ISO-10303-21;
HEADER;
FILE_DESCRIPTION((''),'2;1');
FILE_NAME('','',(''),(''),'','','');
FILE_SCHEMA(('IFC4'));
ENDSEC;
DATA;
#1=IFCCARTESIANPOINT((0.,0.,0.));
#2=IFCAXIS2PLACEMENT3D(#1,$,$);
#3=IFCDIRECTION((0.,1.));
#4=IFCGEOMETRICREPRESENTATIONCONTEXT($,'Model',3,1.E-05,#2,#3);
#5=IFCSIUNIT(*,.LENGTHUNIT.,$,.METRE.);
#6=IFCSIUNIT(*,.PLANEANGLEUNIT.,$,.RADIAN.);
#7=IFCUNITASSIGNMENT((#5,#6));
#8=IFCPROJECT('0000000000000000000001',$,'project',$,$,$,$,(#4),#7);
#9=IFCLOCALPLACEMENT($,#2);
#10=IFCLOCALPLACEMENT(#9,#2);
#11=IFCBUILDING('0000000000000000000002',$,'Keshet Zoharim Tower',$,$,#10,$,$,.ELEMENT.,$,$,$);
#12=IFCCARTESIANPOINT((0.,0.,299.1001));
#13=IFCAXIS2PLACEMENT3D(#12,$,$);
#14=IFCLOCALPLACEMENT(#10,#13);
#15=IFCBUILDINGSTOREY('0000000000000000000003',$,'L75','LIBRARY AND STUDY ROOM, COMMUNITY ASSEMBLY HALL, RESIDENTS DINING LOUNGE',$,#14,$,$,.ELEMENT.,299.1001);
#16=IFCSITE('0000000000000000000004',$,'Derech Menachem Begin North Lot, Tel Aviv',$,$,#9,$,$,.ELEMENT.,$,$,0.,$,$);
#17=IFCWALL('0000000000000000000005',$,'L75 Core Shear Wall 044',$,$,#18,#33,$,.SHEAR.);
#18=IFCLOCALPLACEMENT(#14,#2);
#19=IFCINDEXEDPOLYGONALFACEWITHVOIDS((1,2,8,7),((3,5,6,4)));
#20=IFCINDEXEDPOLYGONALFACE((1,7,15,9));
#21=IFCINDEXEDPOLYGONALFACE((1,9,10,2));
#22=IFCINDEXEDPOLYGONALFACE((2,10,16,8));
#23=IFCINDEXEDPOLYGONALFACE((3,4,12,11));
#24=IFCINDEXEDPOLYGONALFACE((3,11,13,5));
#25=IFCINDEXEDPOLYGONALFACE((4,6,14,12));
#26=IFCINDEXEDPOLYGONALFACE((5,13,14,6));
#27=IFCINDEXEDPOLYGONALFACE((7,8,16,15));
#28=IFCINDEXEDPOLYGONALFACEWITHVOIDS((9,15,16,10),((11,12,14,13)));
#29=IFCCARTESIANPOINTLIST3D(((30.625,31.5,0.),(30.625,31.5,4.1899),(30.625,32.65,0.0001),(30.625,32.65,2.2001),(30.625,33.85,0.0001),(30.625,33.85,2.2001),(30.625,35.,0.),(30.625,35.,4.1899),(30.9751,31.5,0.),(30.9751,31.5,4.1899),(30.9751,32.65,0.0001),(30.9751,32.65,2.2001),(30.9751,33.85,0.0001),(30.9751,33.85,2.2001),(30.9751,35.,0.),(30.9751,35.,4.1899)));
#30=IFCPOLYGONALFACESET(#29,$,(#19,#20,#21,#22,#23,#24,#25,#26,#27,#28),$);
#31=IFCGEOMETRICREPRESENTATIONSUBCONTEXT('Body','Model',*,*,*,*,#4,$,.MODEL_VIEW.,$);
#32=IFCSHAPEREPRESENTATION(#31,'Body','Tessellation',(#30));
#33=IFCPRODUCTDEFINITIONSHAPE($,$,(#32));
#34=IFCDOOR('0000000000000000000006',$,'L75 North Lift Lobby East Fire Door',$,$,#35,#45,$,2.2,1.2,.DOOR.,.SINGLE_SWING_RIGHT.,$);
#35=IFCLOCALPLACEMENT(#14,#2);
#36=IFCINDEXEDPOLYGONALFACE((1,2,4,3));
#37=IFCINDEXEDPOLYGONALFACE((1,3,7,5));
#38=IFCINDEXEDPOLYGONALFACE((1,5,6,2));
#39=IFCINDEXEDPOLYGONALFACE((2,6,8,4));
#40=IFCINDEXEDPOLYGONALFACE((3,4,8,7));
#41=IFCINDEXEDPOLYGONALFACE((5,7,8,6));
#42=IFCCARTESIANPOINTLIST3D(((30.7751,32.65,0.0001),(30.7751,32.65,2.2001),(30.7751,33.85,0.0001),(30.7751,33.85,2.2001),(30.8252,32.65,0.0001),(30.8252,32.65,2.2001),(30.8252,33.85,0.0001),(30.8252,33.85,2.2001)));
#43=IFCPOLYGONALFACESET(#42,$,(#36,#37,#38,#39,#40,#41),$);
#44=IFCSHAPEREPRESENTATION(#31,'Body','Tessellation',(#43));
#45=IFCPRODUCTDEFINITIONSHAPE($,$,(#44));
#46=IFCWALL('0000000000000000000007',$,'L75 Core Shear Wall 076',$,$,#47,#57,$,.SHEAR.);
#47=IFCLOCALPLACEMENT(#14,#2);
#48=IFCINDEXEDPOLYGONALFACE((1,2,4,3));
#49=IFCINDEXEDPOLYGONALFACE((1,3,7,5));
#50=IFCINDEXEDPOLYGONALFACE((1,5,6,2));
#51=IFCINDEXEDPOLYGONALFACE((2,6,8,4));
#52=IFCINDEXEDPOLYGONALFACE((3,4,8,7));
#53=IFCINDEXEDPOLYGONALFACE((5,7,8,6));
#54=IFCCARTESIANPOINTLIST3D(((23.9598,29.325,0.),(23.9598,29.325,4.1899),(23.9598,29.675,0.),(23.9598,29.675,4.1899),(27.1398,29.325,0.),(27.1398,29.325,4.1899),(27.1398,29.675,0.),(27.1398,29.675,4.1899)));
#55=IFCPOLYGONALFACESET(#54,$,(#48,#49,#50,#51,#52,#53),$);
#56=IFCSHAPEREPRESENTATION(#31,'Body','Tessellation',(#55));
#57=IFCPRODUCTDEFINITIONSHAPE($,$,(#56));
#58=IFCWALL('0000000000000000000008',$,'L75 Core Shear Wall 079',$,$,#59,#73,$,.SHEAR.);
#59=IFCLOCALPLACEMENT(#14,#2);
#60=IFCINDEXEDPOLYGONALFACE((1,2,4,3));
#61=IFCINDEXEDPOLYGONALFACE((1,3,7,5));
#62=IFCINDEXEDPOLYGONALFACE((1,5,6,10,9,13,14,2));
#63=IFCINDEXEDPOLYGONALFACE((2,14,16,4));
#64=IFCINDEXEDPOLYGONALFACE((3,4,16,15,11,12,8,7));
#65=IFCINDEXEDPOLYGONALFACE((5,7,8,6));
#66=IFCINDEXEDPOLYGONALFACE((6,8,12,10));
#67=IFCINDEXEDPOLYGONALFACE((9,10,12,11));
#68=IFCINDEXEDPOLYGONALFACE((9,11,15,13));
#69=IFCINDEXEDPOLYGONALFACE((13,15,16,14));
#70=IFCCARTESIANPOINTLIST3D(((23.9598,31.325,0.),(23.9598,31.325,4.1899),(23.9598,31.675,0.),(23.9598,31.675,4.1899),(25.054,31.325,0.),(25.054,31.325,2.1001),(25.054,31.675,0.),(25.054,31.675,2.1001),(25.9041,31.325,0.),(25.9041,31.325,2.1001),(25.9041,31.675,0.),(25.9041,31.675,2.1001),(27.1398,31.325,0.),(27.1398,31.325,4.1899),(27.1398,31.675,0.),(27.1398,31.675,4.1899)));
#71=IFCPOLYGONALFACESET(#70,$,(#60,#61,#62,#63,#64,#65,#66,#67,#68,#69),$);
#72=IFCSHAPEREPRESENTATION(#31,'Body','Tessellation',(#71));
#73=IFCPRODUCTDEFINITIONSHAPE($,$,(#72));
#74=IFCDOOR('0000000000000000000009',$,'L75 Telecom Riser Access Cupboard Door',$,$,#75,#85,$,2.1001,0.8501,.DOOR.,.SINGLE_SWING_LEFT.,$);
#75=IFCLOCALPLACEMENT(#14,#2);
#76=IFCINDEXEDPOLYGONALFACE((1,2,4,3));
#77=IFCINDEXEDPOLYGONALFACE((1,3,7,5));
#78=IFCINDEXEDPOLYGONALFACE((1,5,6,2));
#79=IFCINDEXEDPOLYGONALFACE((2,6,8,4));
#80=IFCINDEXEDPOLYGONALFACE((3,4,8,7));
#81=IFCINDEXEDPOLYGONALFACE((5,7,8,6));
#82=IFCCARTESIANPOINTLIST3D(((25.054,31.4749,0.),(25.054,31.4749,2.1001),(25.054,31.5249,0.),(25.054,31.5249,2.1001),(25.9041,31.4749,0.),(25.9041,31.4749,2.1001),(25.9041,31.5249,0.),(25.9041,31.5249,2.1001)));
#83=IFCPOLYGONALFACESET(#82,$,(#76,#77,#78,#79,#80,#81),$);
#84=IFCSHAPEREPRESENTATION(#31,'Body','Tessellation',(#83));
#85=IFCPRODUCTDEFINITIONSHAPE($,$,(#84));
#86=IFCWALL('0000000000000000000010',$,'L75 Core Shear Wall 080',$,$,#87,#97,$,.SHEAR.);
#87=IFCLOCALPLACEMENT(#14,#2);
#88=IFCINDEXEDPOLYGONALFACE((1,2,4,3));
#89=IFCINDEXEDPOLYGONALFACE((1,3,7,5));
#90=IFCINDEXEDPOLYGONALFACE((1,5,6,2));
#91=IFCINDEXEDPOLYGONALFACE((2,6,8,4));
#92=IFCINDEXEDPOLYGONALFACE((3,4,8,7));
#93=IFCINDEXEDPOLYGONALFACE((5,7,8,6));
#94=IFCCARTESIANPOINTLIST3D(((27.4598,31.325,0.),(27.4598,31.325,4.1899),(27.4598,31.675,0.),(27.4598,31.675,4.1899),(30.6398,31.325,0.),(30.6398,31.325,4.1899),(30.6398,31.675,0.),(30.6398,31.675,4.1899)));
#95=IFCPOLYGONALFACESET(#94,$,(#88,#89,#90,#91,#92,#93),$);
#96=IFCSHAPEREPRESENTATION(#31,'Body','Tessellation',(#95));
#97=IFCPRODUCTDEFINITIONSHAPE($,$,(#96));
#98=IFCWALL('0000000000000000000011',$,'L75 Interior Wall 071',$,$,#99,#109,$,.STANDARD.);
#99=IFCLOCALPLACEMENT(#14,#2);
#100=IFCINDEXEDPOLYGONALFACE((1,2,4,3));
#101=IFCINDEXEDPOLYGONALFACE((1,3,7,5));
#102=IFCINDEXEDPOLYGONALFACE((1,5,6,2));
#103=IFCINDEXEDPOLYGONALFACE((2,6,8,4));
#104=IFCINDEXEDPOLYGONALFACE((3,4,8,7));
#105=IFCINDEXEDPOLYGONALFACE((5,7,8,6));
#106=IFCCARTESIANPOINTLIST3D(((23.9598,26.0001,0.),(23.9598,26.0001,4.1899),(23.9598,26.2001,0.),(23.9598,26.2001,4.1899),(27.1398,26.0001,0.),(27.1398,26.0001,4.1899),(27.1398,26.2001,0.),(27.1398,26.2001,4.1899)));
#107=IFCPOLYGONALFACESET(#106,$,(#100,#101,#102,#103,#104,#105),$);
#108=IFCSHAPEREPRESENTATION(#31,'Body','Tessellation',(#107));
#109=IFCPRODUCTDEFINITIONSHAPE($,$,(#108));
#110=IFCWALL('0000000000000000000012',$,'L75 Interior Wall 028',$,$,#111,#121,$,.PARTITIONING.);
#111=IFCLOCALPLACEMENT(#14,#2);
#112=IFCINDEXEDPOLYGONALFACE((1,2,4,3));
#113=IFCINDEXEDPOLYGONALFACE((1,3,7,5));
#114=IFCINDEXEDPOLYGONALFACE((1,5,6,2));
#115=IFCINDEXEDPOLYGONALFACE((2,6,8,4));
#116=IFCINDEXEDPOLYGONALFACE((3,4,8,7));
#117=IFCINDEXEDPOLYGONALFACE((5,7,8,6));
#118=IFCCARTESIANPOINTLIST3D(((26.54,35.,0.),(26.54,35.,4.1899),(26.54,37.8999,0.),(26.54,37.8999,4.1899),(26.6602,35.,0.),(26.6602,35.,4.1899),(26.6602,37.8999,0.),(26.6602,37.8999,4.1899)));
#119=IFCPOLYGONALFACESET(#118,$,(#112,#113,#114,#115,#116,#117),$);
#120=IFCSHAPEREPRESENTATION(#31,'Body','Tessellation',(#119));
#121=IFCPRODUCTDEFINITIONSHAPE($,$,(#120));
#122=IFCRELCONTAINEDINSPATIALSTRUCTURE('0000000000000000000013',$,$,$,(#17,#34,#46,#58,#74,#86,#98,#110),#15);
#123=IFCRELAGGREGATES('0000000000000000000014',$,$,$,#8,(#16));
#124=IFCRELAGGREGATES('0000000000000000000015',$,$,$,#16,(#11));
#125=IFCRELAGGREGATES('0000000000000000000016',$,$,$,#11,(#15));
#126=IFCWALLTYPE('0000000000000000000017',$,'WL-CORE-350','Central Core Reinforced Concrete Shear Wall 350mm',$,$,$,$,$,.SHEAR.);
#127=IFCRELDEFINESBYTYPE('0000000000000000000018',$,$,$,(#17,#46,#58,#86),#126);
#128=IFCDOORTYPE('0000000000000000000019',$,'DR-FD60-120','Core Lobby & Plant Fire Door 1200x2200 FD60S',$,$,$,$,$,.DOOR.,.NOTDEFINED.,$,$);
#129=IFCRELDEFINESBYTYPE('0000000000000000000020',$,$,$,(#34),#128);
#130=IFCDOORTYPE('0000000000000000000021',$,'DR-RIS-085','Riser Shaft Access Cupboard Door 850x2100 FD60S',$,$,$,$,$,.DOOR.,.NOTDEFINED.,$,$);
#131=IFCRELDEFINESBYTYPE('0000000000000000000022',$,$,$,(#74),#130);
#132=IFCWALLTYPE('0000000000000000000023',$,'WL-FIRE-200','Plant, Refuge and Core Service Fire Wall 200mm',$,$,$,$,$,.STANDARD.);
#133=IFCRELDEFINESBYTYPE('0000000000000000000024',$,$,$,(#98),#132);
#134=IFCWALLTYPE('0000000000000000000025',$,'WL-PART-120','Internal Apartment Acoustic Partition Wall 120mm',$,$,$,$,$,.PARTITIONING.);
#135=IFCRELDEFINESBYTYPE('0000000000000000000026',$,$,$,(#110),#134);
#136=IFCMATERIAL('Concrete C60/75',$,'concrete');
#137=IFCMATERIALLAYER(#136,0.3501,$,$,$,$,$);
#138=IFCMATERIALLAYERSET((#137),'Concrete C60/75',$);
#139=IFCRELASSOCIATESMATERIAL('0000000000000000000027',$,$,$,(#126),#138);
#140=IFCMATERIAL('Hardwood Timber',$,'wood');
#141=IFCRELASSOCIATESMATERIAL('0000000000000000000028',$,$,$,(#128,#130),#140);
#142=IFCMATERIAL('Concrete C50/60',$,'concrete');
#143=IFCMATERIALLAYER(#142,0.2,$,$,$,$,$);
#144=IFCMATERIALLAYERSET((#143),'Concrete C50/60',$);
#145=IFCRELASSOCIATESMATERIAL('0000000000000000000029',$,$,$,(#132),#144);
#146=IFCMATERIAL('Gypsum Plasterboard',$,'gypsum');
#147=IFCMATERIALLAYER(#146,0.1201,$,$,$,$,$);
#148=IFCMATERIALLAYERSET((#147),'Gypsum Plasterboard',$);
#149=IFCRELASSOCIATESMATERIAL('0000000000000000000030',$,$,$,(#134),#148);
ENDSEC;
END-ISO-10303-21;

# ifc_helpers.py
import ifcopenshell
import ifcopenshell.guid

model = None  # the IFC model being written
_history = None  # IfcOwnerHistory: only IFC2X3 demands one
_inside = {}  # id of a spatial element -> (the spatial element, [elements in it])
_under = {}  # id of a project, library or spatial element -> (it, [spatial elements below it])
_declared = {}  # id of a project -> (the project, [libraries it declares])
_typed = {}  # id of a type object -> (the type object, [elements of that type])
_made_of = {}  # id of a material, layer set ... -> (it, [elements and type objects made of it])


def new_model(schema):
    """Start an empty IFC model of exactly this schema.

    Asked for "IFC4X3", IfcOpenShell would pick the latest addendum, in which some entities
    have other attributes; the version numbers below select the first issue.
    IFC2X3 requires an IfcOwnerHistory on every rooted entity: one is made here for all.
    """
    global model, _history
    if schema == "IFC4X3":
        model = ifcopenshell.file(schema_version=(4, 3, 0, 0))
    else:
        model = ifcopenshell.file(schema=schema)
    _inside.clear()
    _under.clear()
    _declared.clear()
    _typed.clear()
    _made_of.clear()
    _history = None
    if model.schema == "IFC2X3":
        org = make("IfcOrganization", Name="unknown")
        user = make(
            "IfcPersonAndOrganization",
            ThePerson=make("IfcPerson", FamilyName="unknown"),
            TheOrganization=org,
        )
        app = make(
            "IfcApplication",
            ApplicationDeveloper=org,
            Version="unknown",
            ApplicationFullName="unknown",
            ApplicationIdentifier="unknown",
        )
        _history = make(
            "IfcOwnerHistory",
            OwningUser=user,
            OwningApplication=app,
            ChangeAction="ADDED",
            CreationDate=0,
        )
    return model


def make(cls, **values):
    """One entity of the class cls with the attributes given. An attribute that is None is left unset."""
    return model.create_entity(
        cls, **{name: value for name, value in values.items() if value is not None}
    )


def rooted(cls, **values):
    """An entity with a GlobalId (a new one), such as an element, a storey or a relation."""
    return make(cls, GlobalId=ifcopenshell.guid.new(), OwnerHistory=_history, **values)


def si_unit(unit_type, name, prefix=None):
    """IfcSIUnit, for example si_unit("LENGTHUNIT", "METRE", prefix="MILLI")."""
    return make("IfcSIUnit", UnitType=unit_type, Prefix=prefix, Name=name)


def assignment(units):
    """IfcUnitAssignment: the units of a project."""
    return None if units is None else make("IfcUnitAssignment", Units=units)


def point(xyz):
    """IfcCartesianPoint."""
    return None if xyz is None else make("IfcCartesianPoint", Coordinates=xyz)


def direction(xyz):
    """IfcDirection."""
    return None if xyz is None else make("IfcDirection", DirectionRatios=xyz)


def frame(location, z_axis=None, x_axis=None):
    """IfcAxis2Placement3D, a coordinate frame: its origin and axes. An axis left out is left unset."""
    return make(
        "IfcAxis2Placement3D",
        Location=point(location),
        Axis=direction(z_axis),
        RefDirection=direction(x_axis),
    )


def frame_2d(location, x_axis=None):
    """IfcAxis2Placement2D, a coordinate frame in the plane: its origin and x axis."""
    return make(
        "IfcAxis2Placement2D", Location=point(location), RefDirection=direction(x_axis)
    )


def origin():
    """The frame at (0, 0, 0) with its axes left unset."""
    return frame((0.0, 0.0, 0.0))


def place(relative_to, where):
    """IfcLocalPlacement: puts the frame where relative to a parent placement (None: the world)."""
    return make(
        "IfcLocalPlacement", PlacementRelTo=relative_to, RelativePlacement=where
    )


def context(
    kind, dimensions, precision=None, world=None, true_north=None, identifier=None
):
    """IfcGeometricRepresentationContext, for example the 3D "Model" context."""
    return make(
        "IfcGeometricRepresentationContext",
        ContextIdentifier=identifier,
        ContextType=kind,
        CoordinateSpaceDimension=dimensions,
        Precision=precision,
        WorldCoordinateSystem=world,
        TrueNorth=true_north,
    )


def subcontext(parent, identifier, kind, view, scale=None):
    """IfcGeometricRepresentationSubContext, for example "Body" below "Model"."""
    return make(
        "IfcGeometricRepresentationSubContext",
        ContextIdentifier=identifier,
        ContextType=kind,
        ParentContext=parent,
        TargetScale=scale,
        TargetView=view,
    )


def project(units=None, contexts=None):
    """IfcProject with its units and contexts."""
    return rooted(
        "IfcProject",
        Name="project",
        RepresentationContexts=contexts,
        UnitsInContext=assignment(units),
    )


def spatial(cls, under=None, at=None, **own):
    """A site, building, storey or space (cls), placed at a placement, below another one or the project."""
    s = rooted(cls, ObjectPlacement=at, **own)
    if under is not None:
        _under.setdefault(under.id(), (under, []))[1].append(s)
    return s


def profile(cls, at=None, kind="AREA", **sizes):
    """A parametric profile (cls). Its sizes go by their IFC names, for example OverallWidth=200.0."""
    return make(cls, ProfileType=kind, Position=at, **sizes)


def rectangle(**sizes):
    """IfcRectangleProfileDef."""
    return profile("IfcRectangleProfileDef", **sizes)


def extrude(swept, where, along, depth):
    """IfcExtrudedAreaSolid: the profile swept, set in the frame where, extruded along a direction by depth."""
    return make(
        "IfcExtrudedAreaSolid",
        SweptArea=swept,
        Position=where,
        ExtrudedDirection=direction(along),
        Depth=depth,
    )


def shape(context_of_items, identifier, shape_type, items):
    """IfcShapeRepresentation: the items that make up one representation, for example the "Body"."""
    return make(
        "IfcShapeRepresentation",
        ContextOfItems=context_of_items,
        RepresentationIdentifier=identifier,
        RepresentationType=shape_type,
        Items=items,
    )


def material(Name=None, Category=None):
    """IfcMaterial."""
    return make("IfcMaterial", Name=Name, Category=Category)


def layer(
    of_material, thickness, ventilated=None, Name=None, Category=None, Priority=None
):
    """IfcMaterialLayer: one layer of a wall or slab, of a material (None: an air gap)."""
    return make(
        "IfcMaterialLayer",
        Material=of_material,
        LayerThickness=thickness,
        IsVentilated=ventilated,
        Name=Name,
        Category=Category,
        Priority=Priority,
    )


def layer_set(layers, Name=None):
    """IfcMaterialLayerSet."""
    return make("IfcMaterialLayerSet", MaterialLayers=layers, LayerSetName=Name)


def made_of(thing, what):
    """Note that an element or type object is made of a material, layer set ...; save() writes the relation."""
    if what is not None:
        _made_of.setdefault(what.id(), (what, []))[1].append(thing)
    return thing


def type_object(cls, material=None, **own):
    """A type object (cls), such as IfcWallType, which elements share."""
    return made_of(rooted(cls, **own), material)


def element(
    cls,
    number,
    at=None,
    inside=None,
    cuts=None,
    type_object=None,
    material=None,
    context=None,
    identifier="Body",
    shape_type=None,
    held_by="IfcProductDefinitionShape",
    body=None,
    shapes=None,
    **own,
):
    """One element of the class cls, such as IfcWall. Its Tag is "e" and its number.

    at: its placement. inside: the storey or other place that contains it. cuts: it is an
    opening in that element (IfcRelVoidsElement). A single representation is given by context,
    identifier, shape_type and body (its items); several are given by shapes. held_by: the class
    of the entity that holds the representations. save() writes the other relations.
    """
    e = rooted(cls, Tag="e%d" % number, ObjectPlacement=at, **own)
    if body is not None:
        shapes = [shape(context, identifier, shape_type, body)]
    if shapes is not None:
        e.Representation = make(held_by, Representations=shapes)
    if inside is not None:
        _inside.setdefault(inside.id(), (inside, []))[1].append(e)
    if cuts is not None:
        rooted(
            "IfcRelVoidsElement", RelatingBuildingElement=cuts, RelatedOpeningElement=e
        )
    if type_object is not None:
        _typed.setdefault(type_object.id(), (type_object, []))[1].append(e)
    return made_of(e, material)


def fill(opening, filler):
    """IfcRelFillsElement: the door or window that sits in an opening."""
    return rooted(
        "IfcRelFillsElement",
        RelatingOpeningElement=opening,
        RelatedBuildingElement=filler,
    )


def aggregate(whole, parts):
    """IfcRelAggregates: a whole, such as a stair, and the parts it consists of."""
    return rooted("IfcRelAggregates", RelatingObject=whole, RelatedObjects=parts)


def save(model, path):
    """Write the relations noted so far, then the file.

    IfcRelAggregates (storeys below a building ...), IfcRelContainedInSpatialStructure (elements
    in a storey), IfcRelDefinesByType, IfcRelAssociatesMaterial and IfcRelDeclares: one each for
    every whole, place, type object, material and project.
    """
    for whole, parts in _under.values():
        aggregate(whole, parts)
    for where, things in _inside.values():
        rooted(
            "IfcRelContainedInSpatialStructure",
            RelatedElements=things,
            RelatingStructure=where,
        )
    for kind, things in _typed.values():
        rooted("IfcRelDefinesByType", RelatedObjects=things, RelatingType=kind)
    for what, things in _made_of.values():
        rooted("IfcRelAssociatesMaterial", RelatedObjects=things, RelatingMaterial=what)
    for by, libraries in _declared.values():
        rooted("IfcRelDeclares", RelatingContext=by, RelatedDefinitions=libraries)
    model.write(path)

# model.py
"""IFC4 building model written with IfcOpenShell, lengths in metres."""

from ifc_helpers import new_model, si_unit, direction, frame, frame_2d, origin, place, context, subcontext, project, spatial, rectangle, extrude, material, layer, layer_set, type_object, element, fill, save


model = new_model("IFC4")

# Units and contexts
model_context = context("Model", 3, precision=1e-05, world=origin(), true_north=direction((0.0, 1.0)))
body_context = subcontext(model_context, "Body", "Model", "MODEL_VIEW")
ifc_project = project(units=[si_unit("LENGTHUNIT", "METRE"), si_unit("PLANEANGLEUNIT", "RADIAN")], contexts=[model_context])

# Site, building, storey
site_placement = place(None, origin())
site = spatial("IfcSite", under=ifc_project, at=site_placement, Name="Derech Menachem Begin North Lot, Tel Aviv", CompositionType="ELEMENT", RefElevation=0.0)
building_placement = place(site_placement, origin())
building = spatial("IfcBuilding", under=site, at=building_placement, Name="Keshet Zoharim Tower", CompositionType="ELEMENT")
storey_placement = place(building_placement, frame((0.0, 0.0, 299.1001)))
storey = spatial("IfcBuildingStorey", under=building, at=storey_placement, Name="L75", Description="LIBRARY AND STUDY ROOM, COMMUNITY ASSEMBLY HALL, RESIDENTS DINING LOUNGE", CompositionType="ELEMENT", Elevation=299.1001)

# Shared definitions
ifc_material_1 = material(Name="Concrete C50/60", Category="concrete")

# Shared definitions
ifc_material_2 = material(Name="Gypsum Plasterboard", Category="gypsum")
ifc_material_3 = material(Name="Concrete C60/75", Category="concrete")
ifc_layer_1 = layer(ifc_material_3, 0.3501)
ifc_layer_set_1 = layer_set([ifc_layer_1], Name="Concrete C60/75")
wall_type_1 = type_object("IfcWallType", Name="WL-CORE-350", Description="Central Core Reinforced Concrete Shear Wall 350mm", PredefinedType="SHEAR", material=ifc_layer_set_1)

# Wall, opening, door
wall_1_placement = place(storey_placement, frame((30.8, 31.5, 0.0), z_axis=(0.0, 0.0, 1.0), x_axis=(0.0, 1.0, 0.0)))
wall_1 = element("IfcWall", 1, at=wall_1_placement, inside=storey, type_object=wall_type_1, Name="L75 Core Shear Wall 044", PredefinedType="SHEAR", context=body_context, shape_type="SweptSolid", body=[
    extrude(rectangle(XDim=3.5, YDim=0.3501, at=frame_2d((1.75, 0.0))), origin(), (0.0, 0.0, 1.0), 4.1899),
])
opening_1_placement = place(wall_1_placement, frame((1.1499, 0.0, 0.0)))
opening_1 = element("IfcOpeningElement", 2, at=opening_1_placement, cuts=wall_1, PredefinedType="OPENING", context=body_context, shape_type="SweptSolid", body=[
    extrude(rectangle(XDim=1.2, YDim=2.2, at=frame_2d((0.6001, 1.1001))), frame((0.0, 0.1851, 0.0), z_axis=(0.0, -1.0, 0.0), x_axis=(1.0, 0.0, 0.0)), (0.0, 0.0, 1.0), 0.3701),
])
ifc_material_4 = material(Name="Hardwood Timber", Category="wood")
door_type_1 = type_object("IfcDoorType", Name="DR-FD60-120", Description="Core Lobby & Plant Fire Door 1200x2200 FD60S", OperationType="NOTDEFINED", PredefinedType="DOOR", material=ifc_material_4)
door_1_placement = place(opening_1_placement, origin())
door_1 = element("IfcDoor", 3, at=door_1_placement, inside=storey, type_object=door_type_1, Name="L75 North Lift Lobby East Fire Door", OperationType="SINGLE_SWING_RIGHT", OverallHeight=2.2, OverallWidth=1.2, PredefinedType="DOOR", context=body_context, shape_type="SweptSolid", body=[
    extrude(rectangle(XDim=1.2, YDim=2.2, at=frame_2d((0.6001, 1.1001))), frame((0.0, 0.0249, 0.0), z_axis=(0.0, -1.0, 0.0), x_axis=(1.0, 0.0, 0.0)), (0.0, 0.0, 1.0), 0.05),
])
fill(opening_1, door_1)

# Wall
wall_2_placement = place(storey_placement, frame((23.96, 29.5, 0.0), z_axis=(0.0, 0.0, 1.0), x_axis=(1.0, 0.0, 0.0)))
element("IfcWall", 4, at=wall_2_placement, inside=storey, type_object=wall_type_1, Name="L75 Core Shear Wall 076", PredefinedType="SHEAR", context=body_context, shape_type="SweptSolid", body=[
    extrude(rectangle(XDim=3.1799, YDim=0.3501, at=frame_2d((1.5898, 0.0))), origin(), (0.0, 0.0, 1.0), 4.1899),
])

# Wall, opening, door
wall_3_placement = place(storey_placement, frame((23.96, 31.5, 0.0), z_axis=(0.0, 0.0, 1.0), x_axis=(1.0, 0.0, 0.0)))
wall_3 = element("IfcWall", 5, at=wall_3_placement, inside=storey, type_object=wall_type_1, Name="L75 Core Shear Wall 079", PredefinedType="SHEAR", context=body_context, shape_type="SweptSolid", body=[
    extrude(rectangle(XDim=3.1799, YDim=0.3501, at=frame_2d((1.5898, 0.0))), origin(), (0.0, 0.0, 1.0), 4.1899),
])
opening_2_placement = place(wall_3_placement, frame((1.094, 0.0, 0.0)))
opening_2 = element("IfcOpeningElement", 6, at=opening_2_placement, cuts=wall_3, PredefinedType="OPENING", context=body_context, shape_type="SweptSolid", body=[
    extrude(rectangle(XDim=0.8501, YDim=2.1001, at=frame_2d((0.425, 1.05))), frame((0.0, 0.1851, 0.0), z_axis=(0.0, -1.0, 0.0), x_axis=(1.0, 0.0, 0.0)), (0.0, 0.0, 1.0), 0.3701),
])
door_type_2 = type_object("IfcDoorType", Name="DR-RIS-085", Description="Riser Shaft Access Cupboard Door 850x2100 FD60S", OperationType="NOTDEFINED", PredefinedType="DOOR", material=ifc_material_4)
door_2_placement = place(opening_2_placement, origin())
door_2 = element("IfcDoor", 7, at=door_2_placement, inside=storey, type_object=door_type_2, Name="L75 Telecom Riser Access Cupboard Door", OperationType="SINGLE_SWING_LEFT", OverallHeight=2.1001, OverallWidth=0.8501, PredefinedType="DOOR", context=body_context, shape_type="SweptSolid", body=[
    extrude(rectangle(XDim=0.8501, YDim=2.1001, at=frame_2d((0.425, 1.05))), frame((0.0, 0.0249, 0.0), z_axis=(0.0, -1.0, 0.0), x_axis=(1.0, 0.0, 0.0)), (0.0, 0.0, 1.0), 0.05),
])
fill(opening_2, door_2)

# Wall
wall_4_placement = place(storey_placement, frame((27.46, 31.5, 0.0), z_axis=(0.0, 0.0, 1.0), x_axis=(1.0, 0.0, 0.0)))
element("IfcWall", 8, at=wall_4_placement, inside=storey, type_object=wall_type_1, Name="L75 Core Shear Wall 080", PredefinedType="SHEAR", context=body_context, shape_type="SweptSolid", body=[
    extrude(rectangle(XDim=3.1799, YDim=0.3501, at=frame_2d((1.5898, 0.0))), origin(), (0.0, 0.0, 1.0), 4.1899),
])

# Walls
ifc_layer_2 = layer(ifc_material_1, 0.2)
ifc_layer_set_2 = layer_set([ifc_layer_2], Name="Concrete C50/60")
wall_type_2 = type_object("IfcWallType", Name="WL-FIRE-200", Description="Plant, Refuge and Core Service Fire Wall 200mm", PredefinedType="STANDARD", material=ifc_layer_set_2)
wall_5_placement = place(storey_placement, frame((23.96, 26.1001, 0.0), z_axis=(0.0, 0.0, 1.0), x_axis=(1.0, 0.0, 0.0)))
element("IfcWall", 9, at=wall_5_placement, inside=storey, type_object=wall_type_2, Name="L75 Interior Wall 071", PredefinedType="STANDARD", context=body_context, shape_type="SweptSolid", body=[
    extrude(rectangle(XDim=3.1799, YDim=0.2, at=frame_2d((1.5898, 0.0))), origin(), (0.0, 0.0, 1.0), 4.1899),
])
ifc_layer_3 = layer(ifc_material_2, 0.1201)
ifc_layer_set_3 = layer_set([ifc_layer_3], Name="Gypsum Plasterboard")
wall_type_3 = type_object("IfcWallType", Name="WL-PART-120", Description="Internal Apartment Acoustic Partition Wall 120mm", PredefinedType="PARTITIONING", material=ifc_layer_set_3)
wall_6_placement = place(storey_placement, frame((26.6001, 35.0, 0.0), z_axis=(0.0, 0.0, 1.0), x_axis=(0.0, 1.0, 0.0)))
element("IfcWall", 10, at=wall_6_placement, inside=storey, type_object=wall_type_3, Name="L75 Interior Wall 028", PredefinedType="PARTITIONING", context=body_context, shape_type="SweptSolid", body=[
    extrude(rectangle(XDim=2.8999, YDim=0.1201, at=frame_2d((1.45, 0.0))), origin(), (0.0, 0.0, 1.0), 4.1899),
])

save(model, "model.ifc")
